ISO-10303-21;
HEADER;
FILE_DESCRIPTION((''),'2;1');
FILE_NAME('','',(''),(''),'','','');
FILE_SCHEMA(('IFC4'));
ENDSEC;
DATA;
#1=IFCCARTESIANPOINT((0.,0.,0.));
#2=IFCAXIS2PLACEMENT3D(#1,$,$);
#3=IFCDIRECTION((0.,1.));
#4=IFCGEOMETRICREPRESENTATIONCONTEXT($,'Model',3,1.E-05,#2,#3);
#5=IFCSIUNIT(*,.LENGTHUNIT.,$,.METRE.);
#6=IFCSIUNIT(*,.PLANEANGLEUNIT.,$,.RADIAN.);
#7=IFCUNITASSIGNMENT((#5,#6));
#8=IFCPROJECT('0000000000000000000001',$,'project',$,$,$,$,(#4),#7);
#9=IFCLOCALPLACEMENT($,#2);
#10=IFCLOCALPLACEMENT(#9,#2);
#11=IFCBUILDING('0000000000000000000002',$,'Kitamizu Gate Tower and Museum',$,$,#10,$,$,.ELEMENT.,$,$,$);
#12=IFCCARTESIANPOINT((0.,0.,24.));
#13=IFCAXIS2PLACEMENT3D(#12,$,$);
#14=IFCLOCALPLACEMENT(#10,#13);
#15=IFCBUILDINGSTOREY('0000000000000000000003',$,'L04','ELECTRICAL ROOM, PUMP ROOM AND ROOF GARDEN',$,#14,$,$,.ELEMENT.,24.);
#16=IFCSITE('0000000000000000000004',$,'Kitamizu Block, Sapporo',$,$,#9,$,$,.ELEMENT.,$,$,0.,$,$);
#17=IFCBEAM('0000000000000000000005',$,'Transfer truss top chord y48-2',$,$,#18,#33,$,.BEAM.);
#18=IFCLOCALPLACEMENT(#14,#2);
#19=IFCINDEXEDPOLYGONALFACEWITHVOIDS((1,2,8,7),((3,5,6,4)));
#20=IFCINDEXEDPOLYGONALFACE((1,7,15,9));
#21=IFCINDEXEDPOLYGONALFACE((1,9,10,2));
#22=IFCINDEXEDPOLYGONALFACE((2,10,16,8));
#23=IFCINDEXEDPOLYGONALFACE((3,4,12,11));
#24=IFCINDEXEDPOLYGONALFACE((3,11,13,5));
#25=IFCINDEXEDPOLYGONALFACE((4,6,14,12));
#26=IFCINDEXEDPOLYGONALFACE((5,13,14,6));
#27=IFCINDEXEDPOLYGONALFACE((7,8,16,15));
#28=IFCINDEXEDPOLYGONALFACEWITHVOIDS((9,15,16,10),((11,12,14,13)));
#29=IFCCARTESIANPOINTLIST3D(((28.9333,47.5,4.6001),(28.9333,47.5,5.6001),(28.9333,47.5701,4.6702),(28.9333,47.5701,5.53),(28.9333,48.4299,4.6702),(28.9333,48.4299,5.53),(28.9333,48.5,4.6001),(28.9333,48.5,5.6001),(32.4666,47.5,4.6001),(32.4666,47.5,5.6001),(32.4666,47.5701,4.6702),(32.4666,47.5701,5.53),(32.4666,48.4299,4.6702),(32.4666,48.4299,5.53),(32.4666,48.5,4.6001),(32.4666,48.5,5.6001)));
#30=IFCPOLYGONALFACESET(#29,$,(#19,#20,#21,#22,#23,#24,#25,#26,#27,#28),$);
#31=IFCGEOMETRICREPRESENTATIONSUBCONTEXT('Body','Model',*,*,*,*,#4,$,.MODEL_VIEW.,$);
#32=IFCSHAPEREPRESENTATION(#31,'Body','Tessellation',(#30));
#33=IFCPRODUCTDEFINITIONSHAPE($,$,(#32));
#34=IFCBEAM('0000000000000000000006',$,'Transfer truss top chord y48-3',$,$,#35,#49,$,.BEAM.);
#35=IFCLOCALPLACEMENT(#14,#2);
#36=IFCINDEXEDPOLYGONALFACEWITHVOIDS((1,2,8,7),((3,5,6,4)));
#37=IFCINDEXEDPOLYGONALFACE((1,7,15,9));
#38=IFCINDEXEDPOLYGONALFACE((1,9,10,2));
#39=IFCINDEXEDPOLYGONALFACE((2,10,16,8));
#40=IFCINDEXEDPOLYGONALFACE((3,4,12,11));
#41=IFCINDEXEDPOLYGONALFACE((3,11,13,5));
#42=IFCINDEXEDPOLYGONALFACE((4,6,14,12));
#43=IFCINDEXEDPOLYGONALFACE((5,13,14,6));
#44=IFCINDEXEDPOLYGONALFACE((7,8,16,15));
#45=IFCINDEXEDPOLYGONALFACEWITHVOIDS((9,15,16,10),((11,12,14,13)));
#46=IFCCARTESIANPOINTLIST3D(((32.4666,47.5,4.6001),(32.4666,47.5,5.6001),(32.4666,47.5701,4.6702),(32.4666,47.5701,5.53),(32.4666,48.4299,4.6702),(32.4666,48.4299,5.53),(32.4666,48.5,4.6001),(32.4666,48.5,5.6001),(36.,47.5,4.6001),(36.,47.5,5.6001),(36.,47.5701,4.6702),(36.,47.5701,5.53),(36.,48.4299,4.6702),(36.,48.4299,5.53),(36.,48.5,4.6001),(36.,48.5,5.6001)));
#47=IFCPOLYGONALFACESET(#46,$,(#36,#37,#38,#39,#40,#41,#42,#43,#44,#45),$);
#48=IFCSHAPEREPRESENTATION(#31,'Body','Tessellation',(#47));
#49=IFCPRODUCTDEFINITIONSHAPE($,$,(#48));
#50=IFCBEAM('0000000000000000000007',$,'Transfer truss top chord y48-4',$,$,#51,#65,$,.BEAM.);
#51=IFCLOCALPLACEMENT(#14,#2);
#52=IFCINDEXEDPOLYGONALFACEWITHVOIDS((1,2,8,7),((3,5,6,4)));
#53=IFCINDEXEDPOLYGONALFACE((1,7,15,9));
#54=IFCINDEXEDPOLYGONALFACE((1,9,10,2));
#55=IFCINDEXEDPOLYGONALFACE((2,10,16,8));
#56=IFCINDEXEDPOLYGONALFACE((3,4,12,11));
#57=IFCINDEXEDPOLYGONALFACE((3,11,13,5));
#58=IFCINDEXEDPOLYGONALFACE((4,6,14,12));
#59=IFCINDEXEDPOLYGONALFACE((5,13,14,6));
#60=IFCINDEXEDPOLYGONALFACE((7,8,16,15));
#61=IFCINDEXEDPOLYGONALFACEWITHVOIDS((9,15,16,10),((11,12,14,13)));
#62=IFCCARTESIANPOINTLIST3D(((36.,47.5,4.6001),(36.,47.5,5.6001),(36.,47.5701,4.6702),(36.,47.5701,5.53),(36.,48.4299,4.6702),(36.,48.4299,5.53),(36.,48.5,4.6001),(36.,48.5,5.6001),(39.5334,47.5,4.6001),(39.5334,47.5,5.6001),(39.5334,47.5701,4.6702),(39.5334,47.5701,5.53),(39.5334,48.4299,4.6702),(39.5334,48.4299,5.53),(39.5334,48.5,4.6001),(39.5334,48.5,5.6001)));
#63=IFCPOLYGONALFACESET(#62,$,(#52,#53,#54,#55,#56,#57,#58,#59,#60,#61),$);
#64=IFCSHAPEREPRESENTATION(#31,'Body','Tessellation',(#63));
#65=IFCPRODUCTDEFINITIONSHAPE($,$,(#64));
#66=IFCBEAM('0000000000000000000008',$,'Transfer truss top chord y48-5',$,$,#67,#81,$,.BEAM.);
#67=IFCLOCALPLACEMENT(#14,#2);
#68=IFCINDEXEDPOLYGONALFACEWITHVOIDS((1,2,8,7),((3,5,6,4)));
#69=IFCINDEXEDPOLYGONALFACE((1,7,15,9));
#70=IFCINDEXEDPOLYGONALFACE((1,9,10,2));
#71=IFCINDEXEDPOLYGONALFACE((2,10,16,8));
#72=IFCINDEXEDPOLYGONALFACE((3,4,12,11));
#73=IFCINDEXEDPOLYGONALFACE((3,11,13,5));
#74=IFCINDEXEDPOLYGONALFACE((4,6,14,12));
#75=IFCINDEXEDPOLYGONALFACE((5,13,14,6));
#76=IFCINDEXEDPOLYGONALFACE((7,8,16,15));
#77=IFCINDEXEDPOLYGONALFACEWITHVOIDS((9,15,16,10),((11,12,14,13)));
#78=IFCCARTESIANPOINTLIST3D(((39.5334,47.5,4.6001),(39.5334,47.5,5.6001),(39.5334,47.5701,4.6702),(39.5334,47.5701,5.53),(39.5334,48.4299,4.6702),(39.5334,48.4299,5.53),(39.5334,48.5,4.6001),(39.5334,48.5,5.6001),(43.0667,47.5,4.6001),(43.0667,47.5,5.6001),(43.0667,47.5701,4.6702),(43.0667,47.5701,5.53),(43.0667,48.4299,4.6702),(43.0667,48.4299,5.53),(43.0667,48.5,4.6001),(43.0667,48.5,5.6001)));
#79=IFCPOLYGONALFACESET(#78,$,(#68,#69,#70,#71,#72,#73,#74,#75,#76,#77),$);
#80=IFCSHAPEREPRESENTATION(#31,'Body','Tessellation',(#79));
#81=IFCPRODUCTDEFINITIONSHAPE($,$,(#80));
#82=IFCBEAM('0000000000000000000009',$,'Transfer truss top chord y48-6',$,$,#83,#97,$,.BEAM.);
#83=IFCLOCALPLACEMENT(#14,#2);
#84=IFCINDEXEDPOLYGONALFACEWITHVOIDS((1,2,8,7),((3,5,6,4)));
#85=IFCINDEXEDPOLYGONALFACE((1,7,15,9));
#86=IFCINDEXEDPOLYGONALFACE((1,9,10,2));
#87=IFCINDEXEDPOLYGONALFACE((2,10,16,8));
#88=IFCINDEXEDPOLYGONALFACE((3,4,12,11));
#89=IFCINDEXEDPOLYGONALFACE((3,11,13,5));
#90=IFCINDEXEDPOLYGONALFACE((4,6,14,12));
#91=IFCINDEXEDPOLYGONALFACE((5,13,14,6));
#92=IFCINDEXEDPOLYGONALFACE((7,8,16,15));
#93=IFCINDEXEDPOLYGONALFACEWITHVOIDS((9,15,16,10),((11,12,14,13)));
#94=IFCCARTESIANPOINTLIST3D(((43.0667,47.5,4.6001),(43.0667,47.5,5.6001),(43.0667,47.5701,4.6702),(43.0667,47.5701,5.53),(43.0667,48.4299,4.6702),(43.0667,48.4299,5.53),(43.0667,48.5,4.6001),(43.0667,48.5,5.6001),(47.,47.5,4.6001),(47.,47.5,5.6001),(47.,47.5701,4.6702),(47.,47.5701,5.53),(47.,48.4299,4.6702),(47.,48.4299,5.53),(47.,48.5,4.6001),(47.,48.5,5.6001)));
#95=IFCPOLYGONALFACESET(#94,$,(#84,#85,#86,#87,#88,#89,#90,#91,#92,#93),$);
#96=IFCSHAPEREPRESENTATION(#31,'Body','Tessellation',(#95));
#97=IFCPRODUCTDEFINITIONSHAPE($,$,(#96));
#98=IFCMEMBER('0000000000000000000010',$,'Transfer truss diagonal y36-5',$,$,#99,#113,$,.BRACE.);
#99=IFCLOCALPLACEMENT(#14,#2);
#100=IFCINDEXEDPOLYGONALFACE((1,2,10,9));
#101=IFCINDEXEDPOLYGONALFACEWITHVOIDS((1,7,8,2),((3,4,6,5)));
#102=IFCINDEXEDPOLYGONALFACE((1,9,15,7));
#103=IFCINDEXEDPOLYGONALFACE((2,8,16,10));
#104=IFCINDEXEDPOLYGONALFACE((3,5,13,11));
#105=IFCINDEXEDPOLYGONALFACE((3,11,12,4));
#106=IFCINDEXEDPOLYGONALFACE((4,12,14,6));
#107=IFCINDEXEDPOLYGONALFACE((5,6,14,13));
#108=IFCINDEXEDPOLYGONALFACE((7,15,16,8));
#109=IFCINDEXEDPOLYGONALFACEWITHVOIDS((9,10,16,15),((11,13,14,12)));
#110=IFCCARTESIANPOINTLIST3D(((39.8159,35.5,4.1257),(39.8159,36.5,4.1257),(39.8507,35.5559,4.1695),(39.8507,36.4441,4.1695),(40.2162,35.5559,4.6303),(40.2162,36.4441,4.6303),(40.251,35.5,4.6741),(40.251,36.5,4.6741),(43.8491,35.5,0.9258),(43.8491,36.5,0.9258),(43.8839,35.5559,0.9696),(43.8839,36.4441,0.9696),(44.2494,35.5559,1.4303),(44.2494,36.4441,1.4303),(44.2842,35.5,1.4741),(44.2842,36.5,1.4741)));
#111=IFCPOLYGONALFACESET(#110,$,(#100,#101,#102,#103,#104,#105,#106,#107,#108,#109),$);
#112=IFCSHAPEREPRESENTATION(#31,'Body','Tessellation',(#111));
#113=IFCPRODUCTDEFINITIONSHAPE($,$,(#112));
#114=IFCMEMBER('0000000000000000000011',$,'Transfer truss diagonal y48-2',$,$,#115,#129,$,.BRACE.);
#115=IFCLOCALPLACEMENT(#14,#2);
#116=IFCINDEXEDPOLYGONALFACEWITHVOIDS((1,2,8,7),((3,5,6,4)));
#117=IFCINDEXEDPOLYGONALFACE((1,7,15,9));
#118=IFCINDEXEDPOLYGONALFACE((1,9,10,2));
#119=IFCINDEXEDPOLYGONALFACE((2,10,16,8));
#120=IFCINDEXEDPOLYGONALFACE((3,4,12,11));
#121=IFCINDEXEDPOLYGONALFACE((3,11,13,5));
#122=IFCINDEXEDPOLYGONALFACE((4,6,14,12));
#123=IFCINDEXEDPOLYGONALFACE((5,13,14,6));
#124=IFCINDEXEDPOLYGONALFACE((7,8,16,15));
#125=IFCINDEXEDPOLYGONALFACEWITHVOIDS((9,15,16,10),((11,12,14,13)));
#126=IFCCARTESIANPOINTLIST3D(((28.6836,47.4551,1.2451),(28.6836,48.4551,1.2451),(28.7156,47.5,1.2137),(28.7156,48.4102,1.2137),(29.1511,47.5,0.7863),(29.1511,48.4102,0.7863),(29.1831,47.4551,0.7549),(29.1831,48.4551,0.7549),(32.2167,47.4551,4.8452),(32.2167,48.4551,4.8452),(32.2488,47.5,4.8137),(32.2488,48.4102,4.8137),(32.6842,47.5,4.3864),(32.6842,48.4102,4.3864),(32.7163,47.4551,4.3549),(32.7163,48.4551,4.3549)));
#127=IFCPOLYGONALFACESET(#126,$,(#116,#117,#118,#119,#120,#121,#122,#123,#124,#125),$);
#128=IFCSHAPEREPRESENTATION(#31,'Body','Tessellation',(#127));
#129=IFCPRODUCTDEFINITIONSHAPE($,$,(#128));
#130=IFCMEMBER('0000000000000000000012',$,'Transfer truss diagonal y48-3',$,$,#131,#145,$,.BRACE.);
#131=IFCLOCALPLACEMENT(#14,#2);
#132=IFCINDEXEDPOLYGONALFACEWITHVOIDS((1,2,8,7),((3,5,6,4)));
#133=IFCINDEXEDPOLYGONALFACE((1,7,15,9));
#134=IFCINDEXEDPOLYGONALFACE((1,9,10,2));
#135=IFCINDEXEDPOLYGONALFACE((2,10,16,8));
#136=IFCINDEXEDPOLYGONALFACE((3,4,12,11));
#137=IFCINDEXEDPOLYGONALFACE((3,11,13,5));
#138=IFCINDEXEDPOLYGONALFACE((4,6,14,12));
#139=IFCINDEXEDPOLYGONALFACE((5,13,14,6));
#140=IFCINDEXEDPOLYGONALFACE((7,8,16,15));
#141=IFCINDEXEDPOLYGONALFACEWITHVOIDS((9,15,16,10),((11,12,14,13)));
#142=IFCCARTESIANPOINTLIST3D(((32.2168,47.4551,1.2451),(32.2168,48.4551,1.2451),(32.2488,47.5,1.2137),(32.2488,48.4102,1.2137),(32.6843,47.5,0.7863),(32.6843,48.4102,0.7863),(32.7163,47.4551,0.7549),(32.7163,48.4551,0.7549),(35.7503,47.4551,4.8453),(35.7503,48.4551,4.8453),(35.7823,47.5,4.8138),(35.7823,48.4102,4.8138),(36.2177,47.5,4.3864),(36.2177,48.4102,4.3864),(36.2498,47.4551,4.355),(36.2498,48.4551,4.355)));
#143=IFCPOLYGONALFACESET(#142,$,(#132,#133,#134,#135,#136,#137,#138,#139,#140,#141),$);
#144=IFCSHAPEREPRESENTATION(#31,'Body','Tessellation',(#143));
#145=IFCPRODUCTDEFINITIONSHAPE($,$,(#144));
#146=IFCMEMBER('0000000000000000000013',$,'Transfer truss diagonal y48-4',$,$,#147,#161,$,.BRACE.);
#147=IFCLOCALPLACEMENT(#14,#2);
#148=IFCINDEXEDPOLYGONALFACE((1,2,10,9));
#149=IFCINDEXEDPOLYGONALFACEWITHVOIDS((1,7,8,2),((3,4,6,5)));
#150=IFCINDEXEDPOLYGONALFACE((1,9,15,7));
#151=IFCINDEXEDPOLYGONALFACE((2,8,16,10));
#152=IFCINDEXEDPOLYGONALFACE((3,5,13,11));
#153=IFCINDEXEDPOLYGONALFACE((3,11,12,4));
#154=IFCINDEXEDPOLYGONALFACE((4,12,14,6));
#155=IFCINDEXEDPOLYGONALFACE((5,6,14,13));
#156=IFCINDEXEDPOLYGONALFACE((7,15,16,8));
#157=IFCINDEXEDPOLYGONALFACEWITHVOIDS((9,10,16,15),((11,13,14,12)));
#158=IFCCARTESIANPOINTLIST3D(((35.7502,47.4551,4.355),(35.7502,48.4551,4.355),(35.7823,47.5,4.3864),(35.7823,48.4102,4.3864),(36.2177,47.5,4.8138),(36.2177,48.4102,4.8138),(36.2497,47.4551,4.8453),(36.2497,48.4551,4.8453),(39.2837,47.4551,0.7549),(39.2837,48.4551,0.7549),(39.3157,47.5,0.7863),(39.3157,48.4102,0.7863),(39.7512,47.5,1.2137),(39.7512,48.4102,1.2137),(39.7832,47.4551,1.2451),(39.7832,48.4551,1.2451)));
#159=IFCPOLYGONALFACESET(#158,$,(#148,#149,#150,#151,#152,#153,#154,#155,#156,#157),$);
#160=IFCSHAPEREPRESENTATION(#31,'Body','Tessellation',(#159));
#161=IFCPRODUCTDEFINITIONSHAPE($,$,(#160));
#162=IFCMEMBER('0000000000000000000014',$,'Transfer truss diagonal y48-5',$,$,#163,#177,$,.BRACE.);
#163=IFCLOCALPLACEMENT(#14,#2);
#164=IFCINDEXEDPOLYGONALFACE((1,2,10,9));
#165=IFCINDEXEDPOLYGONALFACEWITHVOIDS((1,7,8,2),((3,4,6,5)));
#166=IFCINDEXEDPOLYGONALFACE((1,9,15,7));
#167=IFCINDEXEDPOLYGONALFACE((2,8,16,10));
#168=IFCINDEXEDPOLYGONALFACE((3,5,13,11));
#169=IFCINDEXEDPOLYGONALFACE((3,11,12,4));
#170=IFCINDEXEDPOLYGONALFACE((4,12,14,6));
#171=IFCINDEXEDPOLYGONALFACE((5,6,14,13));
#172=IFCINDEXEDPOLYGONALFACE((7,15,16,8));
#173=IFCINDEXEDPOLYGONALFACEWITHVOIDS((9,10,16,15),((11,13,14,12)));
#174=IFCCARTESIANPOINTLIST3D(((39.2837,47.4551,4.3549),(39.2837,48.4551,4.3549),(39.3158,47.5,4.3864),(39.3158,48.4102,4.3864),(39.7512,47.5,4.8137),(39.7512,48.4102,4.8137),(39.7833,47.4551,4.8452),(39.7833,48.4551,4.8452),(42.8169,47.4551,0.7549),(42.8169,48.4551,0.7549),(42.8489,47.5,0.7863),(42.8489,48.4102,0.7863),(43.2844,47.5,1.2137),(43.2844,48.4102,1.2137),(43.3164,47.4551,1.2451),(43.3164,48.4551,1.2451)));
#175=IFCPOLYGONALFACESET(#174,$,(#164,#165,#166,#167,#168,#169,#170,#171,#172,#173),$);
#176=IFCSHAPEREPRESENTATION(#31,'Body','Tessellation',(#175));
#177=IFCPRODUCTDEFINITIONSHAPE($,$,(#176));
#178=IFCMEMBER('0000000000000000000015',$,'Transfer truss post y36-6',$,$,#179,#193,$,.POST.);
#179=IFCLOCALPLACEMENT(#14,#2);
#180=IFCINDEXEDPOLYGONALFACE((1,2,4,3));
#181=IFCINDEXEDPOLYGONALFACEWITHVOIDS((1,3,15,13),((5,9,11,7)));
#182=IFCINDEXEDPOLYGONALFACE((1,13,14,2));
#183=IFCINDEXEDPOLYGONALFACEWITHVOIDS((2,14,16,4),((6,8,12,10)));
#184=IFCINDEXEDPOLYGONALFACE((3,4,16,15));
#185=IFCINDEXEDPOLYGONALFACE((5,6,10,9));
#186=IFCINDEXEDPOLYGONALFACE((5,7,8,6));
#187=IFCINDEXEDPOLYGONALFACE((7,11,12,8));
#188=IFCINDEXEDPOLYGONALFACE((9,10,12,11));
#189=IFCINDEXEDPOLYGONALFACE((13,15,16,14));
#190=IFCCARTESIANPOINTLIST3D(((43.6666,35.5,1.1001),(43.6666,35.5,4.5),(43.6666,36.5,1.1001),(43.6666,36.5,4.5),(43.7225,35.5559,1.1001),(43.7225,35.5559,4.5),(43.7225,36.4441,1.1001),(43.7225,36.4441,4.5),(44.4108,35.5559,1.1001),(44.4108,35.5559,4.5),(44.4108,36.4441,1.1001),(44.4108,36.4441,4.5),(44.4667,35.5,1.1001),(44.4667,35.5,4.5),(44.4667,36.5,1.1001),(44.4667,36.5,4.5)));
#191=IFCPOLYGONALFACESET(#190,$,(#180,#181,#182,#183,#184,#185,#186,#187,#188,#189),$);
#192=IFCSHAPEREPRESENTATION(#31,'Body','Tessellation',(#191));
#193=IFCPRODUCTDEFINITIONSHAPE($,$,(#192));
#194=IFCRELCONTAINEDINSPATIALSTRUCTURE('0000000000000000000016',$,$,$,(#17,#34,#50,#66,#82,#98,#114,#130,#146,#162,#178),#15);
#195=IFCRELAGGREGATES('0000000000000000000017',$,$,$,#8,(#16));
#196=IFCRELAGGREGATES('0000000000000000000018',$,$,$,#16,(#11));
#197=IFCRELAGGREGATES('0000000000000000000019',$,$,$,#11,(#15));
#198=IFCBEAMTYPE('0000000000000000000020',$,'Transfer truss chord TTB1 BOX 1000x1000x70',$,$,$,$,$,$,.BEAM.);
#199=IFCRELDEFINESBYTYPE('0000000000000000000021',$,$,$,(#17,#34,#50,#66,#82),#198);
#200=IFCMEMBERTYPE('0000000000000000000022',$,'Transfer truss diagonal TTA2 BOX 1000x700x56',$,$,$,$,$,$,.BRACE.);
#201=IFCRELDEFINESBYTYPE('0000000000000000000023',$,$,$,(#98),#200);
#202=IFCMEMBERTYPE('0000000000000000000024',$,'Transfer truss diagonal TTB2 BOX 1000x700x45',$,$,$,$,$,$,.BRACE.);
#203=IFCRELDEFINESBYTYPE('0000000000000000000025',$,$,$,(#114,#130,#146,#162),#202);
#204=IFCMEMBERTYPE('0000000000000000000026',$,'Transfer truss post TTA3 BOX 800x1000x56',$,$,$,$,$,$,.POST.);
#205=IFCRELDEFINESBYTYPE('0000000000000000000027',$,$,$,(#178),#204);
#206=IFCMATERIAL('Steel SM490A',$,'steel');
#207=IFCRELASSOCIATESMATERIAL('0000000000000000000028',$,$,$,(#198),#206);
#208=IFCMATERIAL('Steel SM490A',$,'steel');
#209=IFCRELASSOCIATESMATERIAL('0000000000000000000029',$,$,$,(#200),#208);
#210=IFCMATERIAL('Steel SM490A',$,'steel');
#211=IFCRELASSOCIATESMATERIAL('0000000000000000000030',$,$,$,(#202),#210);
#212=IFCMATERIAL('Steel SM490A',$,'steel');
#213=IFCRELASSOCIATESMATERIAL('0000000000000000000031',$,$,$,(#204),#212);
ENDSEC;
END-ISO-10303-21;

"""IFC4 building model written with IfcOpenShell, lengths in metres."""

from ifc_helpers import new_model, si_unit, direction, frame, origin, origin_2d, place, context, subcontext, project, spatial, hollow_rectangle, extrude, material, material_profile, profile_set, type_object, element, save


model = new_model("IFC4")

# Units and contexts
model_context = context("Model", 3, precision=1e-05, world=origin(), true_north=direction((0.0, 1.0)))
body_context = subcontext(model_context, "Body", "Model", "MODEL_VIEW")
ifc_project = project(units=[si_unit("LENGTHUNIT", "METRE"), si_unit("PLANEANGLEUNIT", "RADIAN")], contexts=[model_context])

# Site, building, storey
site_placement = place(None, origin())
site = spatial("IfcSite", under=ifc_project, at=site_placement, Name="Kitamizu Block, Sapporo", CompositionType="ELEMENT", RefElevation=0.0)
building_placement = place(site_placement, origin())
building = spatial("IfcBuilding", under=site, at=building_placement, Name="Kitamizu Gate Tower and Museum", CompositionType="ELEMENT")
storey_placement = place(building_placement, frame((0.0, 0.0, 24.0)))
storey = spatial("IfcBuildingStorey", under=building, at=storey_placement, Name="L04", Description="ELECTRICAL ROOM, PUMP ROOM AND ROOF GARDEN", CompositionType="ELEMENT", Elevation=24.0)

# Beams
ifc_material_1 = material(Name="Steel SM490A", Category="steel")
ifc_material_profile_1 = material_profile(ifc_material_1, hollow_rectangle(XDim=1.0, YDim=1.0, WallThickness=0.0701, at=origin_2d()), Name="BOX 1000x1000x70")
ifc_profile_set_1 = profile_set([ifc_material_profile_1], Name="Steel SM490A")
beam_type_1 = type_object("IfcBeamType", Name="Transfer truss chord TTB1 BOX 1000x1000x70", PredefinedType="BEAM", material=ifc_profile_set_1)
beam_1_placement = place(storey_placement, frame((28.9333, 48.0, 5.1001), z_axis=(1.0, 0.0, 0.0), x_axis=(0.0, 1.0, 0.0)))
element("IfcBeam", 1, at=beam_1_placement, inside=storey, type_object=beam_type_1, Name="Transfer truss top chord y48-2", PredefinedType="BEAM", context=body_context, shape_type="SweptSolid", body=[
    extrude(hollow_rectangle(XDim=1.0, YDim=1.0, WallThickness=0.0701, at=origin_2d()), origin(), (0.0, 0.0, 1.0), 3.5332),
])
for number, where, z_axis, x_axis, name in (
    (2, (32.4666, 48.0, 5.1001), (1.0, 0.0, 0.0), (0.0, 1.0, 0.0), "Transfer truss top chord y48-3"),
    (3, (36.0, 48.0, 5.1001), (1.0, 0.0, 0.0), (0.0, 1.0, 0.0), "Transfer truss top chord y48-4"),
):
    element("IfcBeam", number, at=place(storey_placement, frame(where, z_axis=z_axis, x_axis=x_axis)), inside=storey, type_object=beam_type_1, Name=name, PredefinedType="BEAM", context=body_context, shape_type="SweptSolid", body=[
        extrude(hollow_rectangle(XDim=1.0, YDim=1.0, WallThickness=0.0701, at=origin_2d()), origin(), (0.0, 0.0, 1.0), 3.5334),
    ])
beam_2_placement = place(storey_placement, frame((39.5334, 48.0, 5.1001), z_axis=(1.0, 0.0, 0.0), x_axis=(0.0, 1.0, 0.0)))
element("IfcBeam", 4, at=beam_2_placement, inside=storey, type_object=beam_type_1, Name="Transfer truss top chord y48-5", PredefinedType="BEAM", context=body_context, shape_type="SweptSolid", body=[
    extrude(hollow_rectangle(XDim=1.0, YDim=1.0, WallThickness=0.0701, at=origin_2d()), origin(), (0.0, 0.0, 1.0), 3.5332),
])
beam_3_placement = place(storey_placement, frame((43.0667, 48.0, 5.1001), z_axis=(1.0, 0.0, 0.0), x_axis=(0.0, 1.0, 0.0)))
element("IfcBeam", 5, at=beam_3_placement, inside=storey, type_object=beam_type_1, Name="Transfer truss top chord y48-6", PredefinedType="BEAM", context=body_context, shape_type="SweptSolid", body=[
    extrude(hollow_rectangle(XDim=1.0, YDim=1.0, WallThickness=0.0701, at=origin_2d()), origin(), (0.0, 0.0, 1.0), 3.9333),
])

# Members
ifc_material_2 = material(Name="Steel SM490A", Category="steel")
ifc_material_profile_2 = material_profile(ifc_material_2, hollow_rectangle(XDim=1.0, YDim=0.7, WallThickness=0.0559, at=origin_2d()), Name="BOX 1000x700x56")
ifc_profile_set_2 = profile_set([ifc_material_profile_2], Name="Steel SM490A")
member_type_1 = type_object("IfcMemberType", Name="Transfer truss diagonal TTA2 BOX 1000x700x56", PredefinedType="BRACE", material=ifc_profile_set_2)
member_1_placement = place(storey_placement, frame((44.0667, 36.0, 1.2), z_axis=(-0.783384, 0.0, 0.621538), x_axis=(0.0, -1.0, 0.0)))
element("IfcMember", 6, at=member_1_placement, inside=storey, type_object=member_type_1, Name="Transfer truss diagonal y36-5", PredefinedType="BRACE", context=body_context, shape_type="SweptSolid", body=[
    extrude(hollow_rectangle(XDim=1.0, YDim=0.7, WallThickness=0.0559, at=origin_2d()), origin(), (0.0, 0.0, 1.0), 5.1484),
])
ifc_material_3 = material(Name="Steel SM490A", Category="steel")
ifc_material_profile_3 = material_profile(ifc_material_3, hollow_rectangle(XDim=1.0, YDim=0.7, WallThickness=0.0449, at=origin_2d()), Name="BOX 1000x700x45")
ifc_profile_set_3 = profile_set([ifc_material_profile_3], Name="Steel SM490A")
member_type_2 = type_object("IfcMemberType", Name="Transfer truss diagonal TTB2 BOX 1000x700x45", PredefinedType="BRACE", material=ifc_profile_set_3)
member_2_placement = place(storey_placement, frame((28.9333, 47.9551, 1.0), z_axis=(0.700445, 0.0, 0.713706), x_axis=(0.0, 1.0, 0.0)))
element("IfcMember", 7, at=member_2_placement, inside=storey, type_object=member_type_2, Name="Transfer truss diagonal y48-2", PredefinedType="BRACE", context=body_context, shape_type="SweptSolid", body=[
    extrude(hollow_rectangle(XDim=1.0, YDim=0.7, WallThickness=0.0449, at=origin_2d()), origin(), (0.0, 0.0, 1.0), 5.0442),
])
for number, where, z_axis, x_axis, name in (
    (8, (32.4666, 47.9551, 1.0), (0.70047, 0.0, 0.713682), (0.0, 1.0, 0.0), "Transfer truss diagonal y48-3"),
    (9, (39.5334, 47.9551, 1.0), (-0.70047, 0.0, 0.713682), (0.0, -1.0, 0.0), "Transfer truss diagonal y48-4"),
):
    element("IfcMember", number, at=place(storey_placement, frame(where, z_axis=z_axis, x_axis=x_axis)), inside=storey, type_object=member_type_2, Name=name, PredefinedType="BRACE", context=body_context, shape_type="SweptSolid", body=[
        extrude(hollow_rectangle(XDim=1.0, YDim=0.7, WallThickness=0.0449, at=origin_2d()), origin(), (0.0, 0.0, 1.0), 5.0444),
    ])
member_3_placement = place(storey_placement, frame((43.0667, 47.9551, 1.0), z_axis=(-0.700445, 0.0, 0.713706), x_axis=(0.0, -1.0, 0.0)))
element("IfcMember", 10, at=member_3_placement, inside=storey, type_object=member_type_2, Name="Transfer truss diagonal y48-5", PredefinedType="BRACE", context=body_context, shape_type="SweptSolid", body=[
    extrude(hollow_rectangle(XDim=1.0, YDim=0.7, WallThickness=0.0449, at=origin_2d()), origin(), (0.0, 0.0, 1.0), 5.0442),
])
ifc_material_4 = material(Name="Steel SM490A", Category="steel")
ifc_material_profile_4 = material_profile(ifc_material_4, hollow_rectangle(XDim=0.8, YDim=1.0, WallThickness=0.0559, at=origin_2d()), Name="BOX 800x1000x56")
ifc_profile_set_4 = profile_set([ifc_material_profile_4], Name="Steel SM490A")
member_type_3 = type_object("IfcMemberType", Name="Transfer truss post TTA3 BOX 800x1000x56", PredefinedType="POST", material=ifc_profile_set_4)
member_4_placement = place(storey_placement, frame((44.0667, 36.0, 1.1001), z_axis=(0.0, 0.0, 1.0), x_axis=(1.0, 0.0, 0.0)))
element("IfcMember", 11, at=member_4_placement, inside=storey, type_object=member_type_3, Name="Transfer truss post y36-6", PredefinedType="POST", context=body_context, shape_type="SweptSolid", body=[
    extrude(hollow_rectangle(XDim=0.8, YDim=1.0, WallThickness=0.0559, at=origin_2d()), origin(), (0.0, 0.0, 1.0), 3.3999),
])

save(model, "model.ifc")
